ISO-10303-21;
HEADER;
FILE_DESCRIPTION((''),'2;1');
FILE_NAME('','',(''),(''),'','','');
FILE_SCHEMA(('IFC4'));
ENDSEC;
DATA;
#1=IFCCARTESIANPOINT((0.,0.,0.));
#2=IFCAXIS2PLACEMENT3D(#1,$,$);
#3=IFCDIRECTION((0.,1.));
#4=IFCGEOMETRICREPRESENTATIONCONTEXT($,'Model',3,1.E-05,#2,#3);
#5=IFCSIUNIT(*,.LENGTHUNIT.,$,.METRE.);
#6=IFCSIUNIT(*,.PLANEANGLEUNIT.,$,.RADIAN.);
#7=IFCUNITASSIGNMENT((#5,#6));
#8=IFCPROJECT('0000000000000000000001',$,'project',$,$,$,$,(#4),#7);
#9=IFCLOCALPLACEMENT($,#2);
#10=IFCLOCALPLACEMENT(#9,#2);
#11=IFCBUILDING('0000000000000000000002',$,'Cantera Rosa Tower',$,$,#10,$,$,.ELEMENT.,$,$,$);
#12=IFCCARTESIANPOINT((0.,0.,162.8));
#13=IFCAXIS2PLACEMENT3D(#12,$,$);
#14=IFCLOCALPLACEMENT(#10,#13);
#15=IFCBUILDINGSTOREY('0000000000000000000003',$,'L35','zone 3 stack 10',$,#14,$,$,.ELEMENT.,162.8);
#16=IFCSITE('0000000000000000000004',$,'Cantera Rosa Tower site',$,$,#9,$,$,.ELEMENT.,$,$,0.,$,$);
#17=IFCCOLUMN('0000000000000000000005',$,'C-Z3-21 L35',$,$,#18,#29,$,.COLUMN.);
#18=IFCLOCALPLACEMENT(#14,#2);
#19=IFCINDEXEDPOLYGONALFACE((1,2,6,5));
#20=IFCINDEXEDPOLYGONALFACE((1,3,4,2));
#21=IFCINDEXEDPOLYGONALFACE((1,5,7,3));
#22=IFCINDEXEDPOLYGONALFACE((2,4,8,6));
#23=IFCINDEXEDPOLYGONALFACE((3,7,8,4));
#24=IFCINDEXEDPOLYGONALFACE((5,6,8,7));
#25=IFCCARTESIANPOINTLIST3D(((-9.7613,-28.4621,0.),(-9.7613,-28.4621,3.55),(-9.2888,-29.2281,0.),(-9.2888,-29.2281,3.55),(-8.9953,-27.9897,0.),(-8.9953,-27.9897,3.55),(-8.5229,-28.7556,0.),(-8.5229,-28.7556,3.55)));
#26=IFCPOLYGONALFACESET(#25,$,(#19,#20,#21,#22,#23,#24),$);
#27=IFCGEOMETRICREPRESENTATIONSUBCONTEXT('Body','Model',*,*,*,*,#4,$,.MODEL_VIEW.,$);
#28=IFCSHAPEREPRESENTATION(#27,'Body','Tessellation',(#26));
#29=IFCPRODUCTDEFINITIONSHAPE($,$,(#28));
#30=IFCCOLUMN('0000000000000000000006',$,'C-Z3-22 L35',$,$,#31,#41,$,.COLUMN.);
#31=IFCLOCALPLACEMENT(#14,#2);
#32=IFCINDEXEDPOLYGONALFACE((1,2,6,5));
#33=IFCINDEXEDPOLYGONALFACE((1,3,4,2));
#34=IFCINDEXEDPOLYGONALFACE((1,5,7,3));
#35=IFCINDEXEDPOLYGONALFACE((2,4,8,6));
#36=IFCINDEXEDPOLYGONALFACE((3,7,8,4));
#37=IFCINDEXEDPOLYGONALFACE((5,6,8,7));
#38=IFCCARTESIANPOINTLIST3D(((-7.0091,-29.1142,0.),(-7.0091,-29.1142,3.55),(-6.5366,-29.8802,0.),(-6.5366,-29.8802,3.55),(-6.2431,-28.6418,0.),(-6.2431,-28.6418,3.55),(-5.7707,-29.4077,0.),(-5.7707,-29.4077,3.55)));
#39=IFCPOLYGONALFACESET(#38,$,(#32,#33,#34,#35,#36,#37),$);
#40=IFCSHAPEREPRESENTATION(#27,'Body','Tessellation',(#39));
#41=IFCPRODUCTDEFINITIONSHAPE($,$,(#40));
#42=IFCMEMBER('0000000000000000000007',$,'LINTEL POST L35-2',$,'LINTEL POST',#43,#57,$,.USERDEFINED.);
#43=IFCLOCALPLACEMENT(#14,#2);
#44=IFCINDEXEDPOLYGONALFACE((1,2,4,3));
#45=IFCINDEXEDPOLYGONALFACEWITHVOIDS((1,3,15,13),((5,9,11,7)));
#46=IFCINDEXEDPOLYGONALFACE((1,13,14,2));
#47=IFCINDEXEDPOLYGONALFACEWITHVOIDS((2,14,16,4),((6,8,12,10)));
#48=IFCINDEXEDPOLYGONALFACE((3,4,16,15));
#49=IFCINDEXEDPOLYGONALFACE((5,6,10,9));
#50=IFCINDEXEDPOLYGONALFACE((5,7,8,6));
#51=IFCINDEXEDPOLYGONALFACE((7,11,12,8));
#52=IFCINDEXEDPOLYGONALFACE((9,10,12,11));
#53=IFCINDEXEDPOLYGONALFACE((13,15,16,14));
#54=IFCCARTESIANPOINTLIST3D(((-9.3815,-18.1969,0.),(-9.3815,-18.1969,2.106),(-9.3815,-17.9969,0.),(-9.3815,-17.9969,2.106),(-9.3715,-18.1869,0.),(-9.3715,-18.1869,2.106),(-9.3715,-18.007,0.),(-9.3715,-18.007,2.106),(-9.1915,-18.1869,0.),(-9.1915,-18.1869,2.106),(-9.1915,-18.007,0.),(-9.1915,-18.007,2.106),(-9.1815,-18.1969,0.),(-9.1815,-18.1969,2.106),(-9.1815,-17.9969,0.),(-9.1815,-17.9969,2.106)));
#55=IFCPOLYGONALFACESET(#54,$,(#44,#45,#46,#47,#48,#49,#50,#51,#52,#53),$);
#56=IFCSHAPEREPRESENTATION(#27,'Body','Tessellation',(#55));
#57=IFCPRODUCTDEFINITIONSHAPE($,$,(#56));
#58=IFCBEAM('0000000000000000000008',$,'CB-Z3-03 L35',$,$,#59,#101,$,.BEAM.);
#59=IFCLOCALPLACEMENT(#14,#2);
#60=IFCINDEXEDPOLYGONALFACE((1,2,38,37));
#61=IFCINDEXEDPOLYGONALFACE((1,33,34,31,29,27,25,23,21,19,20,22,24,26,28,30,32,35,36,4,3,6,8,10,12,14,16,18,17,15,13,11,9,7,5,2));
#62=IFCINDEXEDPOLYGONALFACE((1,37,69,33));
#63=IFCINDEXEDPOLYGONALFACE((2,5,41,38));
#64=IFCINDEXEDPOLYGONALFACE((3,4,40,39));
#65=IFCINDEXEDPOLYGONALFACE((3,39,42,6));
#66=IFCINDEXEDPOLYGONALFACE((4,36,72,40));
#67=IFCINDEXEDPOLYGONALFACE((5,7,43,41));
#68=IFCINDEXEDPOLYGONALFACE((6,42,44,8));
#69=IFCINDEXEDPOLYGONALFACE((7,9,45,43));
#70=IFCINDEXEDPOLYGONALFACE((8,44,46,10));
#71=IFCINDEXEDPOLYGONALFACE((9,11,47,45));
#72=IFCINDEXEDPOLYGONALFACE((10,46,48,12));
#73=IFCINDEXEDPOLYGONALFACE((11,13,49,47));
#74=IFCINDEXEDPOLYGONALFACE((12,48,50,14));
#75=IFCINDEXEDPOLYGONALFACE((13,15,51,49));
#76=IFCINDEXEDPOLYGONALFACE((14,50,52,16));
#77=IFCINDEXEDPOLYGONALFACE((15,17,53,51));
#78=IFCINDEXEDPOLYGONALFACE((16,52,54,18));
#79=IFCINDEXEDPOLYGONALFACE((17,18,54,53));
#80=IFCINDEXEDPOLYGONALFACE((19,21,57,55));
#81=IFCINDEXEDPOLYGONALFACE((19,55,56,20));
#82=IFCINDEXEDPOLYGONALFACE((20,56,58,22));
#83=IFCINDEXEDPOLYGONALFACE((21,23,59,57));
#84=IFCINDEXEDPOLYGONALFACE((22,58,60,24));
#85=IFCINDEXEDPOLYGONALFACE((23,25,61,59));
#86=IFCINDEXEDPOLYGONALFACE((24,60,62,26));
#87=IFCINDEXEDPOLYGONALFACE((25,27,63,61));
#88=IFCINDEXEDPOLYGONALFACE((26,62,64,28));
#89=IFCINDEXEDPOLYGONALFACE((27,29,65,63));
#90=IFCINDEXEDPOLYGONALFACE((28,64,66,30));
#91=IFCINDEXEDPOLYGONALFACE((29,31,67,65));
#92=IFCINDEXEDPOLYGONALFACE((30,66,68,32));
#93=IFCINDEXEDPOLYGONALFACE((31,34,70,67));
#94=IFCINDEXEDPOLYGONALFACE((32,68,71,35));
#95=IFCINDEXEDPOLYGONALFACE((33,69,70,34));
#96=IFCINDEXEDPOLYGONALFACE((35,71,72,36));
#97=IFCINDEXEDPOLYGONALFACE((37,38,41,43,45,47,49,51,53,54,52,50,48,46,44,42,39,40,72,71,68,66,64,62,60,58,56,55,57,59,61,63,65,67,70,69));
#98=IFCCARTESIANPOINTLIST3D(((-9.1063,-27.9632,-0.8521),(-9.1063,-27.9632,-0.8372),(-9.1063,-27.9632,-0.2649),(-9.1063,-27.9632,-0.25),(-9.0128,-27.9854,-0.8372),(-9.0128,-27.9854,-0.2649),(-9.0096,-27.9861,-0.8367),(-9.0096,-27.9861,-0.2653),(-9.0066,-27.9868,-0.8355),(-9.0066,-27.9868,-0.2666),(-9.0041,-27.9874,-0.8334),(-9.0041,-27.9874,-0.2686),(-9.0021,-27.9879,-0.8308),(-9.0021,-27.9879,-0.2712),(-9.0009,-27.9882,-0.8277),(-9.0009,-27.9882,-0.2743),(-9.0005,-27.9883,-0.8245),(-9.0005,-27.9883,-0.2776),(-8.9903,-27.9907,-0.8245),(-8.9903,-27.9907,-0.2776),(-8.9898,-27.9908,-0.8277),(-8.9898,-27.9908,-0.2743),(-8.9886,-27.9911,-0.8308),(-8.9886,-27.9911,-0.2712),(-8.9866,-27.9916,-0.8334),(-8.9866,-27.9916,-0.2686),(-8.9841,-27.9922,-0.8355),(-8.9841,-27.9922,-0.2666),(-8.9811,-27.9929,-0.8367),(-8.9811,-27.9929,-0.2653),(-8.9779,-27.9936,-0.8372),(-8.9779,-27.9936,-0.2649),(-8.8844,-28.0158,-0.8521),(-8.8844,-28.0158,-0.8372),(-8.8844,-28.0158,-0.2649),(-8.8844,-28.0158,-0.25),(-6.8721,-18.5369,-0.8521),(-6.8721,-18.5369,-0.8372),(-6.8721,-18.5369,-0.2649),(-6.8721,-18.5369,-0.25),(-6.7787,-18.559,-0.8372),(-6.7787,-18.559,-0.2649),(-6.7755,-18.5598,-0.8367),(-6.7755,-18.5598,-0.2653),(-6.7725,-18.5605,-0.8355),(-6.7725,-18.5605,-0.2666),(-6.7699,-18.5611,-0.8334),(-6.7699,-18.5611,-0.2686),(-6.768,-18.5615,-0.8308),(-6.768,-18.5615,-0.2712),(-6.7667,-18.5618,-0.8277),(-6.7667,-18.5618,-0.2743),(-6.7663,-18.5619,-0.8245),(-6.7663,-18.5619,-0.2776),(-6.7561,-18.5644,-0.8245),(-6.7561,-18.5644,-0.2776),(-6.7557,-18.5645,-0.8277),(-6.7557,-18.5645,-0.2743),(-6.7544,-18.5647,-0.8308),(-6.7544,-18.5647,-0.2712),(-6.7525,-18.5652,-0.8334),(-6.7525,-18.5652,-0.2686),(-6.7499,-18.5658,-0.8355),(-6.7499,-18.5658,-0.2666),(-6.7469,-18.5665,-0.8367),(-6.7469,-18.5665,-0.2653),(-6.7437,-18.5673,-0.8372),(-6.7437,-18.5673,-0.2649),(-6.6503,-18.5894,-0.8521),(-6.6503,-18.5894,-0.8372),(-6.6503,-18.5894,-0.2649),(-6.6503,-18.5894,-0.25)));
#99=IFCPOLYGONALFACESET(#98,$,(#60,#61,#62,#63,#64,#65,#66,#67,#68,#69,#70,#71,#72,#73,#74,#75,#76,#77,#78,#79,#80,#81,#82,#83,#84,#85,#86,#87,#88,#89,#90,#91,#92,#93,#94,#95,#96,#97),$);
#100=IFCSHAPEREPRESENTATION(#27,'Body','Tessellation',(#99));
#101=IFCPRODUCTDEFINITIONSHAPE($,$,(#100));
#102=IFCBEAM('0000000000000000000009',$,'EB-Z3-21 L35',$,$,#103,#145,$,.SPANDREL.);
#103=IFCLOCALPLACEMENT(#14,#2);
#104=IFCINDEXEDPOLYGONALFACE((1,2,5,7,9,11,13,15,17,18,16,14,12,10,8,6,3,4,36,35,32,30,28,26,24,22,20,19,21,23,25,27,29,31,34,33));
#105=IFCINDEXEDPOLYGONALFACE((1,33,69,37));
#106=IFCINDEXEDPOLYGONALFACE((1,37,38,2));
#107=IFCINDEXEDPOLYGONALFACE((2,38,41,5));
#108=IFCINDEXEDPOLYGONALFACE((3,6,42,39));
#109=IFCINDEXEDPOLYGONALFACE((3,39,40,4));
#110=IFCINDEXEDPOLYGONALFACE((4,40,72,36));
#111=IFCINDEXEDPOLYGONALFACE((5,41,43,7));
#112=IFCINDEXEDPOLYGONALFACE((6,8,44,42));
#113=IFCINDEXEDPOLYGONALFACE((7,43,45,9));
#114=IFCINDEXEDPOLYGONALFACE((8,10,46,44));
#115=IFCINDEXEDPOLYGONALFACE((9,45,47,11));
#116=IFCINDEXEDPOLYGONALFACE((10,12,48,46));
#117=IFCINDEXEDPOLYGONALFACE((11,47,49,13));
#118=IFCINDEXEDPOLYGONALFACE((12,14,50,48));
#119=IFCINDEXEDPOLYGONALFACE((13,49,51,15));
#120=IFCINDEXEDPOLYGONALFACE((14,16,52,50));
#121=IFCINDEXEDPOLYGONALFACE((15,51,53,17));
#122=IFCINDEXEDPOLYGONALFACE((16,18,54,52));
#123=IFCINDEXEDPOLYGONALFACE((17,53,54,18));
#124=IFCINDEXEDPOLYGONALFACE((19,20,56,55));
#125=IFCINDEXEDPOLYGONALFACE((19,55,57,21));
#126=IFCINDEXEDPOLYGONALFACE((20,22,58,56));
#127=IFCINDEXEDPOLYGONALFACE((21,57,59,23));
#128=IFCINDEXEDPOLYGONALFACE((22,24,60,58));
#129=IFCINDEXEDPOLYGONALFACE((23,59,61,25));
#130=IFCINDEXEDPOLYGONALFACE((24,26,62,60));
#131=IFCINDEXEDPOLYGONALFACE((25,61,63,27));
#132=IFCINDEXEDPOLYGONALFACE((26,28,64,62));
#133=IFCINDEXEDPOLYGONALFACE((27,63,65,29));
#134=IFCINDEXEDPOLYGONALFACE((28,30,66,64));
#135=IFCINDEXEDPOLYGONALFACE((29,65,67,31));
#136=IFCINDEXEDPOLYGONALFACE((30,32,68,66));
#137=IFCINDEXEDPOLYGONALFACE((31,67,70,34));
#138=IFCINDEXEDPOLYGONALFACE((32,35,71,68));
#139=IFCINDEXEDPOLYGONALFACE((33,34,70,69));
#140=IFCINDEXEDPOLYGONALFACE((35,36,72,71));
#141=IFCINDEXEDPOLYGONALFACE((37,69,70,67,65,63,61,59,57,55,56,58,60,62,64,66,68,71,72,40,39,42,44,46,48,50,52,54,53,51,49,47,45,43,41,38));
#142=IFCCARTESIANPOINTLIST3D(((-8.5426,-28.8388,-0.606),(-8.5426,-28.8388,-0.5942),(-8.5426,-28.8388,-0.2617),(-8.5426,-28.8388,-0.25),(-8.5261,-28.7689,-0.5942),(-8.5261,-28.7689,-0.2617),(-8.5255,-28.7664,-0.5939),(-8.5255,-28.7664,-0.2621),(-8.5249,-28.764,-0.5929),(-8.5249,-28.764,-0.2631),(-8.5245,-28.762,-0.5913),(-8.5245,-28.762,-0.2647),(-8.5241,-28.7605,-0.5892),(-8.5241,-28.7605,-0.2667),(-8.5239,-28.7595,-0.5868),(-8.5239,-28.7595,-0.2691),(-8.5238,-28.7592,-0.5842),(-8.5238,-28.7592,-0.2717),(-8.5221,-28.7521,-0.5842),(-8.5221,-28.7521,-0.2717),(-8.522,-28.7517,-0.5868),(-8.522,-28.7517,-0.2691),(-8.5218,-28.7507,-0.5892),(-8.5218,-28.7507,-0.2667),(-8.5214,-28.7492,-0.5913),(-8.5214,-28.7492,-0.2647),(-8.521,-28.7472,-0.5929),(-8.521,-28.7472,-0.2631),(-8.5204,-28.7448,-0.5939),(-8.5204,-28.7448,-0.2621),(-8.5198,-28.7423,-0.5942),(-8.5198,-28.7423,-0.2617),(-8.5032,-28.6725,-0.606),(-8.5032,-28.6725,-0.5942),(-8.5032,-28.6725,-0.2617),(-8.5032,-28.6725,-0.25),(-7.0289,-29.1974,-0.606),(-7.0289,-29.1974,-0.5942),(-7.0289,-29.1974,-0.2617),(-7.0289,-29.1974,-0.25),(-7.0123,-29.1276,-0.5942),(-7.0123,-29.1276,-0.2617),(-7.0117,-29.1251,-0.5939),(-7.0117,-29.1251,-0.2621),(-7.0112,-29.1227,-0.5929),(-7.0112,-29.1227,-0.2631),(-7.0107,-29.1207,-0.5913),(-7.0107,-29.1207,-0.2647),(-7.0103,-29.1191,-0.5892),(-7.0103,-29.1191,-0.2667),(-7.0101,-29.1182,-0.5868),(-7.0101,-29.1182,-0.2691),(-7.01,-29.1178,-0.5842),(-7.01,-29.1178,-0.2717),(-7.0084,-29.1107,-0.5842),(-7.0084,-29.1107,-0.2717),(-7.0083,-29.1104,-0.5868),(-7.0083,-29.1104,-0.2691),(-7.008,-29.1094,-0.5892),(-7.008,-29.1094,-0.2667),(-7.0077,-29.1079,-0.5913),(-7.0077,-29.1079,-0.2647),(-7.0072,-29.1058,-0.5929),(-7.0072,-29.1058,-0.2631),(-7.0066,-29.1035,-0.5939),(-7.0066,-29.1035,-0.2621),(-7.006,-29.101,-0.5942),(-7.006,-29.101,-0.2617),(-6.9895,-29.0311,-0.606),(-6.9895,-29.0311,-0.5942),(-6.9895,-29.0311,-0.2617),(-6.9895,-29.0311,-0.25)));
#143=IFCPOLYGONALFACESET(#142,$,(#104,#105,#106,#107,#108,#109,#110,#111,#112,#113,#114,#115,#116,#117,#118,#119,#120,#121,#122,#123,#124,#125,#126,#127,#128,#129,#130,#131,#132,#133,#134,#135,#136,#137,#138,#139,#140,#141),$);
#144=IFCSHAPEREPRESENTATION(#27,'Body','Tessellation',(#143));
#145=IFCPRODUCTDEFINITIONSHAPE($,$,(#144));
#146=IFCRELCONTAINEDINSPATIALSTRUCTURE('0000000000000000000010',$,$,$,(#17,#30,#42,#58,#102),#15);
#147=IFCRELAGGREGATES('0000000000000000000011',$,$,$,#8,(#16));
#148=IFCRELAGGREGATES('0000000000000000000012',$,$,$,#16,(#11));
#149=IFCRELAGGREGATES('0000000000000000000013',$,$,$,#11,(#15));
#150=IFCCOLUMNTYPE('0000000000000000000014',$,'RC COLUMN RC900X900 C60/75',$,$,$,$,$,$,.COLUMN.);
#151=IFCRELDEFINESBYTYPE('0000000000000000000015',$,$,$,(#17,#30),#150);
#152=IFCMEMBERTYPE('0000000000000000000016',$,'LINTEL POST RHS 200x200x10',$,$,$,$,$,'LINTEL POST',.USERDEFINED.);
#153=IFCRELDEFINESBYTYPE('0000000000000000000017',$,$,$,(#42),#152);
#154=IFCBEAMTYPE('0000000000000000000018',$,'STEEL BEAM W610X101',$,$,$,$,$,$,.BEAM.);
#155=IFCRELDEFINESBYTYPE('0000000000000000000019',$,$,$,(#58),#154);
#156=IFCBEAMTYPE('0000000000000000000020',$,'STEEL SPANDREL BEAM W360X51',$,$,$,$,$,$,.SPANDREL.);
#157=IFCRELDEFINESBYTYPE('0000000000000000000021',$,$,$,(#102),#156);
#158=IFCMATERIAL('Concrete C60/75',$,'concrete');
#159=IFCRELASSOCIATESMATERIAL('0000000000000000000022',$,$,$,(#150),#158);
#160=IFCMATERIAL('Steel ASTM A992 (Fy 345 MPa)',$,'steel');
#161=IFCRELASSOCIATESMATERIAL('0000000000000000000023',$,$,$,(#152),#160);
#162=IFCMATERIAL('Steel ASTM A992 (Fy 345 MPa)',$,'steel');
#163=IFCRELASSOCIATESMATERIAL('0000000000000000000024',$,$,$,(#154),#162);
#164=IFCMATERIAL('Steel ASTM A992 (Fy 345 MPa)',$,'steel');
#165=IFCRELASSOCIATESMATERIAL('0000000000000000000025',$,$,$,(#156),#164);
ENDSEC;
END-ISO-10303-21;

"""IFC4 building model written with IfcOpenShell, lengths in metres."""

from ifc_helpers import new_model, si_unit, direction, frame, origin, origin_2d, place, context, subcontext, project, spatial, rectangle, hollow_rectangle, i_section, extrude, material, material_profile, profile_set, type_object, element, save


model = new_model("IFC4")

# Units and contexts
model_context = context("Model", 3, precision=1e-05, world=origin(), true_north=direction((0.0, 1.0)))
body_context = subcontext(model_context, "Body", "Model", "MODEL_VIEW")
ifc_project = project(units=[si_unit("LENGTHUNIT", "METRE"), si_unit("PLANEANGLEUNIT", "RADIAN")], contexts=[model_context])

# Site, building, storey
site_placement = place(None, origin())
site = spatial("IfcSite", under=ifc_project, at=site_placement, Name="Cantera Rosa Tower site", CompositionType="ELEMENT", RefElevation=0.0)
building_placement = place(site_placement, origin())
building = spatial("IfcBuilding", under=site, at=building_placement, Name="Cantera Rosa Tower", CompositionType="ELEMENT")
storey_placement = place(building_placement, frame((0.0, 0.0, 162.8)))
storey = spatial("IfcBuildingStorey", under=building, at=storey_placement, Name="L35", Description="zone 3 stack 10", CompositionType="ELEMENT", Elevation=162.8)

# Columns
ifc_material_1 = material(Name="Concrete C60/75", Category="concrete")
ifc_material_profile_1 = material_profile(ifc_material_1, rectangle(XDim=0.8999, YDim=0.8999, at=origin_2d()), Name="RC COLUMN RC900X900 C60/75")
ifc_profile_set_1 = profile_set([ifc_material_profile_1], Name="Concrete C60/75")
column_type = type_object("IfcColumnType", Name="RC COLUMN RC900X900 C60/75", PredefinedType="COLUMN", material=ifc_profile_set_1)
for number, where, z_axis, x_axis, name in (
    (1, (-9.1421, -28.6089, 0.0), (0.0, 0.0, 1.0), (0.851117, 0.524977, 0.0), "C-Z3-21 L35"),
    (2, (-6.3899, -29.261, 0.0), (0.0, 0.0, 1.0), (0.851117, 0.524977, 0.0), "C-Z3-22 L35"),
):
    element("IfcColumn", number, at=place(storey_placement, frame(where, z_axis=z_axis, x_axis=x_axis)), inside=storey, type_object=column_type, Name=name, PredefinedType="COLUMN", context=body_context, shape_type="SweptSolid", body=[
        extrude(rectangle(XDim=0.8999, YDim=0.8999, at=origin_2d()), origin(), (0.0, 0.0, 1.0), 3.55),
    ])

# Member
ifc_material_2 = material(Name="Steel ASTM A992 (Fy 345 MPa)", Category="steel")
ifc_material_profile_2 = material_profile(ifc_material_2, hollow_rectangle(XDim=0.2, YDim=0.2, WallThickness=0.01, at=origin_2d()), Name="LINTEL POST RHS 200x200x10")
ifc_profile_set_2 = profile_set([ifc_material_profile_2], Name="Steel ASTM A992 (Fy 345 MPa)")
member_type = type_object("IfcMemberType", Name="LINTEL POST RHS 200x200x10", ElementType="LINTEL POST", PredefinedType="USERDEFINED", material=ifc_profile_set_2)
member_placement = place(storey_placement, frame((-9.2815, -18.0969, 0.0), z_axis=(0.0, 0.0, 1.0), x_axis=(1.0, 0.0, 0.0)))
element("IfcMember", 3, at=member_placement, inside=storey, type_object=member_type, Name="LINTEL POST L35-2", ObjectType="LINTEL POST", PredefinedType="USERDEFINED", context=body_context, shape_type="SweptSolid", body=[
    extrude(hollow_rectangle(XDim=0.2, YDim=0.2, WallThickness=0.01, at=origin_2d()), origin(), (0.0, 0.0, 1.0), 2.106),
])

# Beams
ifc_material_3 = material(Name="Steel ASTM A992 (Fy 345 MPa)", Category="steel")
ifc_material_profile_3 = material_profile(ifc_material_3, i_section(OverallWidth=0.228, OverallDepth=0.6021, WebThickness=0.0105, FlangeThickness=0.0149, FilletRadius=0.0127, at=origin_2d()), Name="W610X101")
ifc_profile_set_3 = profile_set([ifc_material_profile_3], Name="Steel ASTM A992 (Fy 345 MPa)")
beam_type_1 = type_object("IfcBeamType", Name="STEEL BEAM W610X101", PredefinedType="BEAM", material=ifc_profile_set_3)
beam_1_placement = place(storey_placement, frame((-8.9954, -27.9895, -0.551), z_axis=(0.230622, 0.973043, 0.0), x_axis=(-0.973043, 0.230622, 0.0)))
element("IfcBeam", 4, at=beam_1_placement, inside=storey, type_object=beam_type_1, Name="CB-Z3-03 L35", PredefinedType="BEAM", context=body_context, shape_type="SweptSolid", body=[
    extrude(i_section(OverallWidth=0.228, OverallDepth=0.6021, WebThickness=0.0105, FlangeThickness=0.0149, FilletRadius=0.0127, at=origin_2d()), origin(), (0.0, 0.0, 1.0), 9.6875),
])
ifc_material_4 = material(Name="Steel ASTM A992 (Fy 345 MPa)", Category="steel")
ifc_material_profile_4 = material_profile(ifc_material_4, i_section(OverallWidth=0.1709, OverallDepth=0.356, WebThickness=0.0073, FlangeThickness=0.0117, FilletRadius=0.01, at=origin_2d()), Name="W360X51")
ifc_profile_set_4 = profile_set([ifc_material_profile_4], Name="Steel ASTM A992 (Fy 345 MPa)")
beam_type_2 = type_object("IfcBeamType", Name="STEEL SPANDREL BEAM W360X51", PredefinedType="SPANDREL", material=ifc_profile_set_4)
beam_2_placement = place(storey_placement, frame((-8.5229, -28.7556, -0.428), z_axis=(0.97306, -0.230552, 0.0), x_axis=(0.230552, 0.97306, 0.0)))
element("IfcBeam", 5, at=beam_2_placement, inside=storey, type_object=beam_type_2, Name="EB-Z3-21 L35", PredefinedType="SPANDREL", context=body_context, shape_type="SweptSolid", body=[
    extrude(i_section(OverallWidth=0.1709, OverallDepth=0.356, WebThickness=0.0073, FlangeThickness=0.0117, FilletRadius=0.01, at=origin_2d()), origin(), (0.0, 0.0, 1.0), 1.5557),
])

save(model, "model.ifc")
